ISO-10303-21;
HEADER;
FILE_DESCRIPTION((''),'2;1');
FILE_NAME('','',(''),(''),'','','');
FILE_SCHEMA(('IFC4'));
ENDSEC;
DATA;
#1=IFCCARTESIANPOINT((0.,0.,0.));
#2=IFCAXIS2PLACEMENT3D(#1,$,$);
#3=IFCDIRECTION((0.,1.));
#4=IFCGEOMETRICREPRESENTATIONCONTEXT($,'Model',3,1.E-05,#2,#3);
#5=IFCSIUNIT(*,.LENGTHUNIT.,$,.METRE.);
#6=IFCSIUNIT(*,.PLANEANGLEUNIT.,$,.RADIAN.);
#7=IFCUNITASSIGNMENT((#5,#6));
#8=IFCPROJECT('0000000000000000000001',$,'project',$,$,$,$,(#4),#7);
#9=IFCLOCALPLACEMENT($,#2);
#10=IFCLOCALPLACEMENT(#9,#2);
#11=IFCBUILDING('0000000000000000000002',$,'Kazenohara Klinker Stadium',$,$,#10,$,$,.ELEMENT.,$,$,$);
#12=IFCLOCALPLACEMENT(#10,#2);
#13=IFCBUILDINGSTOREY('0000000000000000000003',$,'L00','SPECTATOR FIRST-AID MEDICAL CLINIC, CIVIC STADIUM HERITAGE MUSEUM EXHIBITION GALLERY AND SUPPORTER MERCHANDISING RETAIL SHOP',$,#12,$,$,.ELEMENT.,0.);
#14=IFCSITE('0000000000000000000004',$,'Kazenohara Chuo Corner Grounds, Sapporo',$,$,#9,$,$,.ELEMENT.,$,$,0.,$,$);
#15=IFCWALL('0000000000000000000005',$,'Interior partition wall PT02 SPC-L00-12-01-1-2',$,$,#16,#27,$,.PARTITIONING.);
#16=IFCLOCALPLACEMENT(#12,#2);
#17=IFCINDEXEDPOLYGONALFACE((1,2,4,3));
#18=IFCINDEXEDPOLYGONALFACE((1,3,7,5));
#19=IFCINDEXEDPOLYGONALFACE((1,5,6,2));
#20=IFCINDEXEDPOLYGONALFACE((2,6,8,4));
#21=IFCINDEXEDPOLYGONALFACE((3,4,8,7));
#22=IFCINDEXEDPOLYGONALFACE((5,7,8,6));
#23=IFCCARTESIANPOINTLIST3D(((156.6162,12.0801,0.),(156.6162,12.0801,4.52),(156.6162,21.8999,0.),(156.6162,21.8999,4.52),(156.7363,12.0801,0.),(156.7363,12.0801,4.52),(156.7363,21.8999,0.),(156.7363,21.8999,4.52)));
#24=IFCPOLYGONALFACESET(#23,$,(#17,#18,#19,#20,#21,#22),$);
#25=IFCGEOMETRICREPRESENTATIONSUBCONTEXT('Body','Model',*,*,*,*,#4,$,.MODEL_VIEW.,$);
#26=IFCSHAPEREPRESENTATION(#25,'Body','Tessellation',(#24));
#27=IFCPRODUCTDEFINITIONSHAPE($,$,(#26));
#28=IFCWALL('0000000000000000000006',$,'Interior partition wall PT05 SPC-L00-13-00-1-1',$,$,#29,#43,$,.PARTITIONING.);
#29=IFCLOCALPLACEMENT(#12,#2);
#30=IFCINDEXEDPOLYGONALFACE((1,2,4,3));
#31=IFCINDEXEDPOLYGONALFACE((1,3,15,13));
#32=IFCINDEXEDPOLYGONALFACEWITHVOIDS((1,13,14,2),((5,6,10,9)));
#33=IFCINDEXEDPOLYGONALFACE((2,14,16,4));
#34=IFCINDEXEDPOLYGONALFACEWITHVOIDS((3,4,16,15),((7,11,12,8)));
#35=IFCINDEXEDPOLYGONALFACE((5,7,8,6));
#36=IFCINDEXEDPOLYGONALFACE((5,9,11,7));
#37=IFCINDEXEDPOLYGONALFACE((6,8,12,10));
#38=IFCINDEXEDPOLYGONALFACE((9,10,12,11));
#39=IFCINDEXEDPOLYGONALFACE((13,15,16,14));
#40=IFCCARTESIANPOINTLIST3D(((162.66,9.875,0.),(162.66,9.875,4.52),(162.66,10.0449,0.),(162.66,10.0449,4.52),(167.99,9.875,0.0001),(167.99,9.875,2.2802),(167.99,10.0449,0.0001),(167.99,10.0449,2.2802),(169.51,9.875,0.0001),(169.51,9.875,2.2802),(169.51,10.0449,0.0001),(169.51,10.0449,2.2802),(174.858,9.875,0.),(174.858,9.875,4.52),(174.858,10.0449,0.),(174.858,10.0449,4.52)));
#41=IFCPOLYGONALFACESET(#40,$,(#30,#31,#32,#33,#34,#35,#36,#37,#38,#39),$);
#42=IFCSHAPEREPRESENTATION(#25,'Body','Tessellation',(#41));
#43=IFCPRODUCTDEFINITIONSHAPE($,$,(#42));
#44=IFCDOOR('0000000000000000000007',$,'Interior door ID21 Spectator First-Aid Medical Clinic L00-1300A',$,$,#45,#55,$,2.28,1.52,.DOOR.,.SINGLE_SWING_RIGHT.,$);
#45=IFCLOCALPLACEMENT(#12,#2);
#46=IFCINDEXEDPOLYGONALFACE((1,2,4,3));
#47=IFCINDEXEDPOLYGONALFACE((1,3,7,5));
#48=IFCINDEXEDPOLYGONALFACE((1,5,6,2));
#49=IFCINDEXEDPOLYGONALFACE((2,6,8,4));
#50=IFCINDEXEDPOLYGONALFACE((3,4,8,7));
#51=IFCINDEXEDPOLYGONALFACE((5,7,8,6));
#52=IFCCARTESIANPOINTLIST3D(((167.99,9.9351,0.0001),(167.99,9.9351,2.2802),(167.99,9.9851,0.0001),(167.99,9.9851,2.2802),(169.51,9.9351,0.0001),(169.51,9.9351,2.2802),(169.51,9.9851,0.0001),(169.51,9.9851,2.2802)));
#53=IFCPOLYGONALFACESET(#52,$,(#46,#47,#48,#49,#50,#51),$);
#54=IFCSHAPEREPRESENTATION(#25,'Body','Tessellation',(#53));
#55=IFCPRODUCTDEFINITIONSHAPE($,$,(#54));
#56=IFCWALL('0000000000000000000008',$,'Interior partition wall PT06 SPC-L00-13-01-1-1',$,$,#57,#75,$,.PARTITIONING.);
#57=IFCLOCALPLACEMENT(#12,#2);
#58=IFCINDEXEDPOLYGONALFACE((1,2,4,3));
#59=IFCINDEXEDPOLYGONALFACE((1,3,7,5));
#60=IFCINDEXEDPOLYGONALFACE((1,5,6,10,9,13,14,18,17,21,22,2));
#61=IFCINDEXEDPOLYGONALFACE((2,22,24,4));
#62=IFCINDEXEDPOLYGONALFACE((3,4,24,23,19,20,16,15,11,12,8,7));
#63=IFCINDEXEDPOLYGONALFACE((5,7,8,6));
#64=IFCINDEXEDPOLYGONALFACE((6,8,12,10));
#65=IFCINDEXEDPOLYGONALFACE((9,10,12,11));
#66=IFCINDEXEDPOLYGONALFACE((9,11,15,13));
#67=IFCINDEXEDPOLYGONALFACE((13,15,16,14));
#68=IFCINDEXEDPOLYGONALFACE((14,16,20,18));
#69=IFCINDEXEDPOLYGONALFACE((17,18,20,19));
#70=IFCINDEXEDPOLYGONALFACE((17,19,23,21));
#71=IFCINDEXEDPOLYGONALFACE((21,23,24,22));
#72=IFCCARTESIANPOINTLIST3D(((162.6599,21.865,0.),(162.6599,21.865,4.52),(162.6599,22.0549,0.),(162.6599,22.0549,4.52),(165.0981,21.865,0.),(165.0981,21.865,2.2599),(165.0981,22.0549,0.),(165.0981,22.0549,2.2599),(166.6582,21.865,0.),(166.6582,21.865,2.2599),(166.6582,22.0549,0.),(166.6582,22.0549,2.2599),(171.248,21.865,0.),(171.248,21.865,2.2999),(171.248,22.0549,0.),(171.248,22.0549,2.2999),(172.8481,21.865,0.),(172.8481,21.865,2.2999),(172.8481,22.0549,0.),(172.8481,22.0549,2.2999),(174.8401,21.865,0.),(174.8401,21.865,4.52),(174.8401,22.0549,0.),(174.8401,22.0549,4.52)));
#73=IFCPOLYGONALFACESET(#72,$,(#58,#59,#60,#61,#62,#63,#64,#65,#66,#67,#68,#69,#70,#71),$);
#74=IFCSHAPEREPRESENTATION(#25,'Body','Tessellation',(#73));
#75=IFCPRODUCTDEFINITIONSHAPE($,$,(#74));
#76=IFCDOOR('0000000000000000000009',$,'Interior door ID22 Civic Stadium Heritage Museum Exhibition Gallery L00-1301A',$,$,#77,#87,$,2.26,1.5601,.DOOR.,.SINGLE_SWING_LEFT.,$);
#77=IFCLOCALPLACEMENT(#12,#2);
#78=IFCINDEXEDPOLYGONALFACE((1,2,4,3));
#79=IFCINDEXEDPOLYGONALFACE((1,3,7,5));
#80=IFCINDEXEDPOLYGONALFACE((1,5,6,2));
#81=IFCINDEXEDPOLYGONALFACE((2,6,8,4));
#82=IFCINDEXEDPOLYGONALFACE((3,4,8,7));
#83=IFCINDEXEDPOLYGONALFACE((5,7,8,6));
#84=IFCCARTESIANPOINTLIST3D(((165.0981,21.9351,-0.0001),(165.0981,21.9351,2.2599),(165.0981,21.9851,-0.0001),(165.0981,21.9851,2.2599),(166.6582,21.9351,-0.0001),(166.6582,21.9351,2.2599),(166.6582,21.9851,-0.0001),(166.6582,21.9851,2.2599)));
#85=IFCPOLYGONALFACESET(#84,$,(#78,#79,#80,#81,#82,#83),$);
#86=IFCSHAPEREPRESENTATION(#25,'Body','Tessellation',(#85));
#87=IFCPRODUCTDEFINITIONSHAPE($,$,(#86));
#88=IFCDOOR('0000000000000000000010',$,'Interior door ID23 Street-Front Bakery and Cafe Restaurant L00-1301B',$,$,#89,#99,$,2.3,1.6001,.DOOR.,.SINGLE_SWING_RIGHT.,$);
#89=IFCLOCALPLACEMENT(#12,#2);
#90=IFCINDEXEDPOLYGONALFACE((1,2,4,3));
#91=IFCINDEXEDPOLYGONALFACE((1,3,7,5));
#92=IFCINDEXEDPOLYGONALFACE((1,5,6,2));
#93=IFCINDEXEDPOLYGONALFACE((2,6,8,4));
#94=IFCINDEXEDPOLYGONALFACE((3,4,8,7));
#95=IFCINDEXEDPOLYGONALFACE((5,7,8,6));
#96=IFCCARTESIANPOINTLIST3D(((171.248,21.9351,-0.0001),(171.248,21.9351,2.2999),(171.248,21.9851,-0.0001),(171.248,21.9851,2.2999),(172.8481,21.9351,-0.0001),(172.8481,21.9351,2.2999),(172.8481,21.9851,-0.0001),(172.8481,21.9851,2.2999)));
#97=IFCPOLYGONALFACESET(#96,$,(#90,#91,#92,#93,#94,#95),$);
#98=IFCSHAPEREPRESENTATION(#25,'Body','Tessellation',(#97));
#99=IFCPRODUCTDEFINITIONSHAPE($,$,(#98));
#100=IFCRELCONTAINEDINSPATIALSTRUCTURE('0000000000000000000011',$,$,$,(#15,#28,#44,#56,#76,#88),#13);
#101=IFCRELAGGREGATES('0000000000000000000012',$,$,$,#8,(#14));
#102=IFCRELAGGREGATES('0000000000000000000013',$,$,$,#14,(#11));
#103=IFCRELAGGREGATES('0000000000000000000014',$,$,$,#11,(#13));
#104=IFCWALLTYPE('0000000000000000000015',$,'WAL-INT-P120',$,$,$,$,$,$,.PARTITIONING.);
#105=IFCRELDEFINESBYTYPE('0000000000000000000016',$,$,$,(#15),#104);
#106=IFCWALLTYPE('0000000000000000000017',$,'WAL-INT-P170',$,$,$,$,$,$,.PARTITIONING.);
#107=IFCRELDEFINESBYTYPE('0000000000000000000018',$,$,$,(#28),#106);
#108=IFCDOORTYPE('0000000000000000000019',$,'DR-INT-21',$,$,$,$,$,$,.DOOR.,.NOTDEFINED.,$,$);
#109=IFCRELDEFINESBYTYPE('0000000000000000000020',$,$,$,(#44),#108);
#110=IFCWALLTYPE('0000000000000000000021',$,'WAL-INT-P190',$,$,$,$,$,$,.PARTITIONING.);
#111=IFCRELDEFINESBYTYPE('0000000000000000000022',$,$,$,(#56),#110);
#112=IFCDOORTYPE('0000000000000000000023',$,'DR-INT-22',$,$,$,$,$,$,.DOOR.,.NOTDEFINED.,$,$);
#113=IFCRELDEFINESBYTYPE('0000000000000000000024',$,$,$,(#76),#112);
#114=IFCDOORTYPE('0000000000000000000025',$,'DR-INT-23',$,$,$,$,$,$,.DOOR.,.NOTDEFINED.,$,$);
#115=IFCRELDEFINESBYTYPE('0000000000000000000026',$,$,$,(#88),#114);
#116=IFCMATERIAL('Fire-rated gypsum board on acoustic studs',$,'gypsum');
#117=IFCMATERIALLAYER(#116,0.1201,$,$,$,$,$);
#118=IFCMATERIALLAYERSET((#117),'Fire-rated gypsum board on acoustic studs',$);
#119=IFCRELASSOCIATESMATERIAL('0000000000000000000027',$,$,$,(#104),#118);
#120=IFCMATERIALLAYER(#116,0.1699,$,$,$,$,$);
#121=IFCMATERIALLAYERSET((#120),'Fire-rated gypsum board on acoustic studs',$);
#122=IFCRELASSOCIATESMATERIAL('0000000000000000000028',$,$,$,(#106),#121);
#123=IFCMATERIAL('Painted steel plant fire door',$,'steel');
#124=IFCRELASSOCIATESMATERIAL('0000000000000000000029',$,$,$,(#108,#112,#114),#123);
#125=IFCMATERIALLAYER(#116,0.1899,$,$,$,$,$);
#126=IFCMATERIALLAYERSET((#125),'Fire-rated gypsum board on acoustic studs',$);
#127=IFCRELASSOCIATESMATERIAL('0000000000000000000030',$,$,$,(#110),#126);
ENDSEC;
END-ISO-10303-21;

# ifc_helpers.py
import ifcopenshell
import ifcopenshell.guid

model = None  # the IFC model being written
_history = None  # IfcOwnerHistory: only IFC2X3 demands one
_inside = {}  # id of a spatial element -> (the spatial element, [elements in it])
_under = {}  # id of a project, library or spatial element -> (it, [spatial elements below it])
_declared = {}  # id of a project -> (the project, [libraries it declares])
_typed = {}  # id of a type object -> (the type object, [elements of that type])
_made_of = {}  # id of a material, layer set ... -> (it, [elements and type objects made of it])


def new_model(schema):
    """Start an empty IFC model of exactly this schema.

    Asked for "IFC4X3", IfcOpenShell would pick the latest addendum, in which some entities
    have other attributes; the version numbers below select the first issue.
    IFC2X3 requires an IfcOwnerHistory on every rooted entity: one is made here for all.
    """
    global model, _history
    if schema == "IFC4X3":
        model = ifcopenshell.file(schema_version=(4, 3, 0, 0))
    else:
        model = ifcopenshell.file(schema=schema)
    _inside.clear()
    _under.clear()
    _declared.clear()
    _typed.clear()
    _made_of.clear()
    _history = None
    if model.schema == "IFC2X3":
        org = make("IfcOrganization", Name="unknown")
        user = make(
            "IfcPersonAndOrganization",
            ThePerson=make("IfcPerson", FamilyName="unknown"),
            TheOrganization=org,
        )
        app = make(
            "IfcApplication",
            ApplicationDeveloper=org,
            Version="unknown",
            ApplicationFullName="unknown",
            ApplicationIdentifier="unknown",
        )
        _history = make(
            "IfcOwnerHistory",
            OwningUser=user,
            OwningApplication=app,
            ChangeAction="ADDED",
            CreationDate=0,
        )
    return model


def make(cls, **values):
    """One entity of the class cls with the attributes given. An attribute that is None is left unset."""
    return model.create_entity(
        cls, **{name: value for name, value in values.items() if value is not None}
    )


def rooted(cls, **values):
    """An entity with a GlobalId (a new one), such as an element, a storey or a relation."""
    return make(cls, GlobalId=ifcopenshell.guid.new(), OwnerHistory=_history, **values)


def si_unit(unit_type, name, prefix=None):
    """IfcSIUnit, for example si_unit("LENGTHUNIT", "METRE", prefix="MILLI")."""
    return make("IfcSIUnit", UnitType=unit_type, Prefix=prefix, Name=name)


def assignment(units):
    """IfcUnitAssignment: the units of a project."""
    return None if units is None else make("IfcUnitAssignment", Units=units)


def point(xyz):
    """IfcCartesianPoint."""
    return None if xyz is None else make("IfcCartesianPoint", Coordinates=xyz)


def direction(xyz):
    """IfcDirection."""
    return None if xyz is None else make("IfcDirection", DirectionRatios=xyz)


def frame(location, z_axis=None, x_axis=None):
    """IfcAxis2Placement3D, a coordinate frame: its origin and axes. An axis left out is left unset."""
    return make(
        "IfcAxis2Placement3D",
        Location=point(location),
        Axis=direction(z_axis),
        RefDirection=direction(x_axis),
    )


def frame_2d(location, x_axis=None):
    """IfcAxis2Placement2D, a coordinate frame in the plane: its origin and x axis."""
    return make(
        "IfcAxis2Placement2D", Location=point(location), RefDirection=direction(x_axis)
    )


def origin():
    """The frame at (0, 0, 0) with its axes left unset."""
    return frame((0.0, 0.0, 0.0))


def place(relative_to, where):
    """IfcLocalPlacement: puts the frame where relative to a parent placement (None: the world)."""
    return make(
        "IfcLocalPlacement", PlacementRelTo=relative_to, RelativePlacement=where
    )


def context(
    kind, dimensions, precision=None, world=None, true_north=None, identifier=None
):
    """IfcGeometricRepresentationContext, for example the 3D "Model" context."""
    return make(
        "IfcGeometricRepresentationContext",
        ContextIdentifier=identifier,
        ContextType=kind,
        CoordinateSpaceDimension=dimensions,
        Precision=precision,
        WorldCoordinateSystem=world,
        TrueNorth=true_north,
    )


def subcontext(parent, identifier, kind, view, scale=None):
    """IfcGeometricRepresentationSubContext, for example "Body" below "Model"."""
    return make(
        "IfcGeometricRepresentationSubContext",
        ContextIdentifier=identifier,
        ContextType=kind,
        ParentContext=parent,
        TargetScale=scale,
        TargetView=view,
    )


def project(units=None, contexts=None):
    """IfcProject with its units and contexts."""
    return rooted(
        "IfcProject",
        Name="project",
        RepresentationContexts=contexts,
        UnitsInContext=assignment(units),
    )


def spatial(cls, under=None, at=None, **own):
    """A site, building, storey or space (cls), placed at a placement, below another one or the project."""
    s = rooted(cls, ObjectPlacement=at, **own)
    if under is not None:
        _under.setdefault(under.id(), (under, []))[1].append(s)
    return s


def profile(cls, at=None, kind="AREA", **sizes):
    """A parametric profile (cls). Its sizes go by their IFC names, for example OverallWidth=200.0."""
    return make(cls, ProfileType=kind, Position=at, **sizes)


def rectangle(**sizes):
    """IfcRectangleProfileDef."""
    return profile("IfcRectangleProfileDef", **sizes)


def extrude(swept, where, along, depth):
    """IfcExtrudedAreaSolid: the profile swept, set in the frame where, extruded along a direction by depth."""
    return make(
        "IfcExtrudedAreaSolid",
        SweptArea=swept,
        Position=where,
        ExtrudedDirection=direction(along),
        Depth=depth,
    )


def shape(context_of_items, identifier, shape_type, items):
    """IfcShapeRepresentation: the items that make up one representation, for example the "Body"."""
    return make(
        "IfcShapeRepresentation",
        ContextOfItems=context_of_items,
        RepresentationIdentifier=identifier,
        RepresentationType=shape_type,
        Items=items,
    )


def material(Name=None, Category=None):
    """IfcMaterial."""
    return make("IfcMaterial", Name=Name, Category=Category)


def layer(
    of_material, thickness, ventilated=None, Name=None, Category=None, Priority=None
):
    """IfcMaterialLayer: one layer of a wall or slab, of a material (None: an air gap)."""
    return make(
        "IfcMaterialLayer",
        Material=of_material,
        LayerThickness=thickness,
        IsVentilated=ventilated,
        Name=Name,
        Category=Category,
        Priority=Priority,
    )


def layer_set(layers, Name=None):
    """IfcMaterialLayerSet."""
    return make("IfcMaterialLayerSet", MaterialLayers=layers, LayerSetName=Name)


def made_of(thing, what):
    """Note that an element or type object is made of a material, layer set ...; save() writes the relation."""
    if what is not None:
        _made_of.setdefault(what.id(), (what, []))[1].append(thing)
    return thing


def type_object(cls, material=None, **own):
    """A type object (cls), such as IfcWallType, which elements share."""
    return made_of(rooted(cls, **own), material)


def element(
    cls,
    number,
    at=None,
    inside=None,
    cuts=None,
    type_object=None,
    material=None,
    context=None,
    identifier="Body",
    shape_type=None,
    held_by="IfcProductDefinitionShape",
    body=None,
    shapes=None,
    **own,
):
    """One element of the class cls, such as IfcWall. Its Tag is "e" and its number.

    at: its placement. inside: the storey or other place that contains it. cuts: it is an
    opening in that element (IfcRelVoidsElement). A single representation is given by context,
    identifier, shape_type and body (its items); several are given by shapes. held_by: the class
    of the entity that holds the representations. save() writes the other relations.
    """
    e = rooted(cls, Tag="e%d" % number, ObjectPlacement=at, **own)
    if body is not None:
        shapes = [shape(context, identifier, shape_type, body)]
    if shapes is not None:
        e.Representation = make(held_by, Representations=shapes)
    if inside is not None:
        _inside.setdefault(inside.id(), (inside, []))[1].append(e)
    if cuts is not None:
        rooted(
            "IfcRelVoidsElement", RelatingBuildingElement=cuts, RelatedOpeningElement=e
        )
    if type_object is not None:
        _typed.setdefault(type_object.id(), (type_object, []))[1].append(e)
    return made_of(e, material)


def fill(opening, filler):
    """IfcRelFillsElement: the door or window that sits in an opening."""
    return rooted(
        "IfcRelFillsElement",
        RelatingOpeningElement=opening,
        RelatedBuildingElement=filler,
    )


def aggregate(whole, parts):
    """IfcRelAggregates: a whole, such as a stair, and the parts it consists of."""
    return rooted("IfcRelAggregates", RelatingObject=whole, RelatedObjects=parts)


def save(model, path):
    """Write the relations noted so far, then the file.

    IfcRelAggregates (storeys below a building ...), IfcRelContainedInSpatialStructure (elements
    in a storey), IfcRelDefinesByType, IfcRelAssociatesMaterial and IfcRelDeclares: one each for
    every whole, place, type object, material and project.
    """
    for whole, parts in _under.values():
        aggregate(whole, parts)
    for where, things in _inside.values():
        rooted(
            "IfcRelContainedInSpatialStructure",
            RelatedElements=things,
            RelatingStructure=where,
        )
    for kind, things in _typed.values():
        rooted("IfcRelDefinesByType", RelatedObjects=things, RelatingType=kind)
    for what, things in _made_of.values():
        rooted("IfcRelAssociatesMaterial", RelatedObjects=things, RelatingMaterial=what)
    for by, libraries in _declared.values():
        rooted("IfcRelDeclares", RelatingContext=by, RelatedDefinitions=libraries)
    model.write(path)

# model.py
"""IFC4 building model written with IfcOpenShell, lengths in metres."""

from ifc_helpers import new_model, si_unit, direction, frame, frame_2d, origin, place, context, subcontext, project, spatial, rectangle, extrude, material, layer, layer_set, type_object, element, fill, save


model = new_model("IFC4")

# Units and contexts
model_context = context("Model", 3, precision=1e-05, world=origin(), true_north=direction((0.0, 1.0)))
body_context = subcontext(model_context, "Body", "Model", "MODEL_VIEW")
ifc_project = project(units=[si_unit("LENGTHUNIT", "METRE"), si_unit("PLANEANGLEUNIT", "RADIAN")], contexts=[model_context])

# Site, building, storey
site_placement = place(None, origin())
site = spatial("IfcSite", under=ifc_project, at=site_placement, Name="Kazenohara Chuo Corner Grounds, Sapporo", CompositionType="ELEMENT", RefElevation=0.0)
building_placement = place(site_placement, origin())
building = spatial("IfcBuilding", under=site, at=building_placement, Name="Kazenohara Klinker Stadium", CompositionType="ELEMENT")
storey_placement = place(building_placement, origin())
storey = spatial("IfcBuildingStorey", under=building, at=storey_placement, Name="L00", Description="SPECTATOR FIRST-AID MEDICAL CLINIC, CIVIC STADIUM HERITAGE MUSEUM EXHIBITION GALLERY AND SUPPORTER MERCHANDISING RETAIL SHOP", CompositionType="ELEMENT", Elevation=0.0)

# Wall
ifc_material_1 = material(Name="Fire-rated gypsum board on acoustic studs", Category="gypsum")
ifc_layer_1 = layer(ifc_material_1, 0.1201)
ifc_layer_set_1 = layer_set([ifc_layer_1], Name="Fire-rated gypsum board on acoustic studs")
wall_type_1 = type_object("IfcWallType", Name="WAL-INT-P120", PredefinedType="PARTITIONING", material=ifc_layer_set_1)
wall_1_placement = place(storey_placement, frame((156.6763, 12.0801, 0.0), z_axis=(0.0, 0.0, 1.0), x_axis=(0.0, 1.0, 0.0)))
element("IfcWall", 1, at=wall_1_placement, inside=storey, type_object=wall_type_1, Name="Interior partition wall PT02 SPC-L00-12-01-1-2", PredefinedType="PARTITIONING", context=body_context, shape_type="SweptSolid", body=[
    extrude(rectangle(XDim=9.8198, YDim=0.1201, at=frame_2d((4.9099, 0.0))), origin(), (0.0, 0.0, 1.0), 4.52),
])

# Wall, opening, door
ifc_layer_2 = layer(ifc_material_1, 0.1699)
ifc_layer_set_2 = layer_set([ifc_layer_2], Name="Fire-rated gypsum board on acoustic studs")
wall_type_2 = type_object("IfcWallType", Name="WAL-INT-P170", PredefinedType="PARTITIONING", material=ifc_layer_set_2)
wall_2_placement = place(storey_placement, frame((162.6599, 9.96, 0.0), z_axis=(0.0, 0.0, 1.0), x_axis=(1.0, 0.0, 0.0)))
wall_2 = element("IfcWall", 2, at=wall_2_placement, inside=storey, type_object=wall_type_2, Name="Interior partition wall PT05 SPC-L00-13-00-1-1", PredefinedType="PARTITIONING", context=body_context, shape_type="SweptSolid", body=[
    extrude(rectangle(XDim=12.198, YDim=0.1699, at=frame_2d((6.0991, 0.0))), origin(), (0.0, 0.0, 1.0), 4.52),
])
opening_1_placement = place(wall_2_placement, frame((6.8501, 0.0, 0.0), z_axis=(0.0, 0.0, 1.0), x_axis=(-1.0, 0.0, 0.0)))
opening_1 = element("IfcOpeningElement", 3, at=opening_1_placement, cuts=wall_2, PredefinedType="OPENING", context=body_context, shape_type="SweptSolid", body=[
    extrude(rectangle(XDim=1.52, YDim=2.28, at=frame_2d((0.76, 1.1401))), frame((0.0, 0.095, 0.0), z_axis=(0.0, -1.0, 0.0), x_axis=(1.0, 0.0, 0.0)), (0.0, 0.0, 1.0), 0.1899),
])
ifc_material_2 = material(Name="Painted steel plant fire door", Category="steel")
door_type_1 = type_object("IfcDoorType", Name="DR-INT-21", OperationType="NOTDEFINED", PredefinedType="DOOR", material=ifc_material_2)
door_1_placement = place(opening_1_placement, origin())
door_1 = element("IfcDoor", 4, at=door_1_placement, inside=storey, type_object=door_type_1, Name="Interior door ID21 Spectator First-Aid Medical Clinic L00-1300A", OperationType="SINGLE_SWING_RIGHT", OverallHeight=2.28, OverallWidth=1.52, PredefinedType="DOOR", context=body_context, shape_type="SweptSolid", body=[
    extrude(rectangle(XDim=1.52, YDim=2.28, at=frame_2d((0.76, 1.1401))), frame((0.0, 0.0249, 0.0), z_axis=(0.0, -1.0, 0.0), x_axis=(1.0, 0.0, 0.0)), (0.0, 0.0, 1.0), 0.05),
])
fill(opening_1, door_1)

# Wall, openings, doors
ifc_layer_3 = layer(ifc_material_1, 0.1899)
ifc_layer_set_3 = layer_set([ifc_layer_3], Name="Fire-rated gypsum board on acoustic studs")
wall_type_3 = type_object("IfcWallType", Name="WAL-INT-P190", PredefinedType="PARTITIONING", material=ifc_layer_set_3)
wall_3_placement = place(storey_placement, frame((162.6599, 21.96, 0.0), z_axis=(0.0, 0.0, 1.0), x_axis=(1.0, 0.0, 0.0)))
wall_3 = element("IfcWall", 5, at=wall_3_placement, inside=storey, type_object=wall_type_3, Name="Interior partition wall PT06 SPC-L00-13-01-1-1", PredefinedType="PARTITIONING", context=body_context, shape_type="SweptSolid", body=[
    extrude(rectangle(XDim=12.1802, YDim=0.1899, at=frame_2d((6.0901, 0.0))), origin(), (0.0, 0.0, 1.0), 4.52),
])
opening_2_placement = place(wall_3_placement, frame((3.9983, 0.0, 0.0), z_axis=(0.0, 0.0, 1.0), x_axis=(-1.0, 0.0, 0.0)))
opening_2 = element("IfcOpeningElement", 6, at=opening_2_placement, cuts=wall_3, PredefinedType="OPENING", context=body_context, shape_type="SweptSolid", body=[
    extrude(rectangle(XDim=1.5601, YDim=2.26, at=frame_2d((0.78, 1.1299))), frame((0.0, 0.105, 0.0), z_axis=(0.0, -1.0, 0.0), x_axis=(1.0, 0.0, 0.0)), (0.0, 0.0, 1.0), 0.21),
])
opening_3_placement = place(wall_3_placement, frame((10.1882, 0.0, 0.0), z_axis=(0.0, 0.0, 1.0), x_axis=(-1.0, 0.0, 0.0)))
opening_3 = element("IfcOpeningElement", 7, at=opening_3_placement, cuts=wall_3, PredefinedType="OPENING", context=body_context, shape_type="SweptSolid", body=[
    extrude(rectangle(XDim=1.6001, YDim=2.3, at=frame_2d((0.8, 1.1499))), frame((0.0, 0.105, 0.0), z_axis=(0.0, -1.0, 0.0), x_axis=(1.0, 0.0, 0.0)), (0.0, 0.0, 1.0), 0.21),
])
door_type_2 = type_object("IfcDoorType", Name="DR-INT-22", OperationType="NOTDEFINED", PredefinedType="DOOR", material=ifc_material_2)
door_2_placement = place(opening_2_placement, origin())
door_2 = element("IfcDoor", 8, at=door_2_placement, inside=storey, type_object=door_type_2, Name="Interior door ID22 Civic Stadium Heritage Museum Exhibition Gallery L00-1301A", OperationType="SINGLE_SWING_LEFT", OverallHeight=2.26, OverallWidth=1.5601, PredefinedType="DOOR", context=body_context, shape_type="SweptSolid", body=[
    extrude(rectangle(XDim=1.5601, YDim=2.26, at=frame_2d((0.78, 1.1299))), frame((0.0, 0.0249, 0.0), z_axis=(0.0, -1.0, 0.0), x_axis=(1.0, 0.0, 0.0)), (0.0, 0.0, 1.0), 0.05),
])
fill(opening_2, door_2)
door_type_3 = type_object("IfcDoorType", Name="DR-INT-23", OperationType="NOTDEFINED", PredefinedType="DOOR", material=ifc_material_2)
door_3_placement = place(opening_3_placement, origin())
door_3 = element("IfcDoor", 9, at=door_3_placement, inside=storey, type_object=door_type_3, Name="Interior door ID23 Street-Front Bakery and Cafe Restaurant L00-1301B", OperationType="SINGLE_SWING_RIGHT", OverallHeight=2.3, OverallWidth=1.6001, PredefinedType="DOOR", context=body_context, shape_type="SweptSolid", body=[
    extrude(rectangle(XDim=1.6001, YDim=2.3, at=frame_2d((0.8, 1.1499))), frame((0.0, 0.0249, 0.0), z_axis=(0.0, -1.0, 0.0), x_axis=(1.0, 0.0, 0.0)), (0.0, 0.0, 1.0), 0.05),
])
fill(opening_3, door_3)

save(model, "model.ifc")
